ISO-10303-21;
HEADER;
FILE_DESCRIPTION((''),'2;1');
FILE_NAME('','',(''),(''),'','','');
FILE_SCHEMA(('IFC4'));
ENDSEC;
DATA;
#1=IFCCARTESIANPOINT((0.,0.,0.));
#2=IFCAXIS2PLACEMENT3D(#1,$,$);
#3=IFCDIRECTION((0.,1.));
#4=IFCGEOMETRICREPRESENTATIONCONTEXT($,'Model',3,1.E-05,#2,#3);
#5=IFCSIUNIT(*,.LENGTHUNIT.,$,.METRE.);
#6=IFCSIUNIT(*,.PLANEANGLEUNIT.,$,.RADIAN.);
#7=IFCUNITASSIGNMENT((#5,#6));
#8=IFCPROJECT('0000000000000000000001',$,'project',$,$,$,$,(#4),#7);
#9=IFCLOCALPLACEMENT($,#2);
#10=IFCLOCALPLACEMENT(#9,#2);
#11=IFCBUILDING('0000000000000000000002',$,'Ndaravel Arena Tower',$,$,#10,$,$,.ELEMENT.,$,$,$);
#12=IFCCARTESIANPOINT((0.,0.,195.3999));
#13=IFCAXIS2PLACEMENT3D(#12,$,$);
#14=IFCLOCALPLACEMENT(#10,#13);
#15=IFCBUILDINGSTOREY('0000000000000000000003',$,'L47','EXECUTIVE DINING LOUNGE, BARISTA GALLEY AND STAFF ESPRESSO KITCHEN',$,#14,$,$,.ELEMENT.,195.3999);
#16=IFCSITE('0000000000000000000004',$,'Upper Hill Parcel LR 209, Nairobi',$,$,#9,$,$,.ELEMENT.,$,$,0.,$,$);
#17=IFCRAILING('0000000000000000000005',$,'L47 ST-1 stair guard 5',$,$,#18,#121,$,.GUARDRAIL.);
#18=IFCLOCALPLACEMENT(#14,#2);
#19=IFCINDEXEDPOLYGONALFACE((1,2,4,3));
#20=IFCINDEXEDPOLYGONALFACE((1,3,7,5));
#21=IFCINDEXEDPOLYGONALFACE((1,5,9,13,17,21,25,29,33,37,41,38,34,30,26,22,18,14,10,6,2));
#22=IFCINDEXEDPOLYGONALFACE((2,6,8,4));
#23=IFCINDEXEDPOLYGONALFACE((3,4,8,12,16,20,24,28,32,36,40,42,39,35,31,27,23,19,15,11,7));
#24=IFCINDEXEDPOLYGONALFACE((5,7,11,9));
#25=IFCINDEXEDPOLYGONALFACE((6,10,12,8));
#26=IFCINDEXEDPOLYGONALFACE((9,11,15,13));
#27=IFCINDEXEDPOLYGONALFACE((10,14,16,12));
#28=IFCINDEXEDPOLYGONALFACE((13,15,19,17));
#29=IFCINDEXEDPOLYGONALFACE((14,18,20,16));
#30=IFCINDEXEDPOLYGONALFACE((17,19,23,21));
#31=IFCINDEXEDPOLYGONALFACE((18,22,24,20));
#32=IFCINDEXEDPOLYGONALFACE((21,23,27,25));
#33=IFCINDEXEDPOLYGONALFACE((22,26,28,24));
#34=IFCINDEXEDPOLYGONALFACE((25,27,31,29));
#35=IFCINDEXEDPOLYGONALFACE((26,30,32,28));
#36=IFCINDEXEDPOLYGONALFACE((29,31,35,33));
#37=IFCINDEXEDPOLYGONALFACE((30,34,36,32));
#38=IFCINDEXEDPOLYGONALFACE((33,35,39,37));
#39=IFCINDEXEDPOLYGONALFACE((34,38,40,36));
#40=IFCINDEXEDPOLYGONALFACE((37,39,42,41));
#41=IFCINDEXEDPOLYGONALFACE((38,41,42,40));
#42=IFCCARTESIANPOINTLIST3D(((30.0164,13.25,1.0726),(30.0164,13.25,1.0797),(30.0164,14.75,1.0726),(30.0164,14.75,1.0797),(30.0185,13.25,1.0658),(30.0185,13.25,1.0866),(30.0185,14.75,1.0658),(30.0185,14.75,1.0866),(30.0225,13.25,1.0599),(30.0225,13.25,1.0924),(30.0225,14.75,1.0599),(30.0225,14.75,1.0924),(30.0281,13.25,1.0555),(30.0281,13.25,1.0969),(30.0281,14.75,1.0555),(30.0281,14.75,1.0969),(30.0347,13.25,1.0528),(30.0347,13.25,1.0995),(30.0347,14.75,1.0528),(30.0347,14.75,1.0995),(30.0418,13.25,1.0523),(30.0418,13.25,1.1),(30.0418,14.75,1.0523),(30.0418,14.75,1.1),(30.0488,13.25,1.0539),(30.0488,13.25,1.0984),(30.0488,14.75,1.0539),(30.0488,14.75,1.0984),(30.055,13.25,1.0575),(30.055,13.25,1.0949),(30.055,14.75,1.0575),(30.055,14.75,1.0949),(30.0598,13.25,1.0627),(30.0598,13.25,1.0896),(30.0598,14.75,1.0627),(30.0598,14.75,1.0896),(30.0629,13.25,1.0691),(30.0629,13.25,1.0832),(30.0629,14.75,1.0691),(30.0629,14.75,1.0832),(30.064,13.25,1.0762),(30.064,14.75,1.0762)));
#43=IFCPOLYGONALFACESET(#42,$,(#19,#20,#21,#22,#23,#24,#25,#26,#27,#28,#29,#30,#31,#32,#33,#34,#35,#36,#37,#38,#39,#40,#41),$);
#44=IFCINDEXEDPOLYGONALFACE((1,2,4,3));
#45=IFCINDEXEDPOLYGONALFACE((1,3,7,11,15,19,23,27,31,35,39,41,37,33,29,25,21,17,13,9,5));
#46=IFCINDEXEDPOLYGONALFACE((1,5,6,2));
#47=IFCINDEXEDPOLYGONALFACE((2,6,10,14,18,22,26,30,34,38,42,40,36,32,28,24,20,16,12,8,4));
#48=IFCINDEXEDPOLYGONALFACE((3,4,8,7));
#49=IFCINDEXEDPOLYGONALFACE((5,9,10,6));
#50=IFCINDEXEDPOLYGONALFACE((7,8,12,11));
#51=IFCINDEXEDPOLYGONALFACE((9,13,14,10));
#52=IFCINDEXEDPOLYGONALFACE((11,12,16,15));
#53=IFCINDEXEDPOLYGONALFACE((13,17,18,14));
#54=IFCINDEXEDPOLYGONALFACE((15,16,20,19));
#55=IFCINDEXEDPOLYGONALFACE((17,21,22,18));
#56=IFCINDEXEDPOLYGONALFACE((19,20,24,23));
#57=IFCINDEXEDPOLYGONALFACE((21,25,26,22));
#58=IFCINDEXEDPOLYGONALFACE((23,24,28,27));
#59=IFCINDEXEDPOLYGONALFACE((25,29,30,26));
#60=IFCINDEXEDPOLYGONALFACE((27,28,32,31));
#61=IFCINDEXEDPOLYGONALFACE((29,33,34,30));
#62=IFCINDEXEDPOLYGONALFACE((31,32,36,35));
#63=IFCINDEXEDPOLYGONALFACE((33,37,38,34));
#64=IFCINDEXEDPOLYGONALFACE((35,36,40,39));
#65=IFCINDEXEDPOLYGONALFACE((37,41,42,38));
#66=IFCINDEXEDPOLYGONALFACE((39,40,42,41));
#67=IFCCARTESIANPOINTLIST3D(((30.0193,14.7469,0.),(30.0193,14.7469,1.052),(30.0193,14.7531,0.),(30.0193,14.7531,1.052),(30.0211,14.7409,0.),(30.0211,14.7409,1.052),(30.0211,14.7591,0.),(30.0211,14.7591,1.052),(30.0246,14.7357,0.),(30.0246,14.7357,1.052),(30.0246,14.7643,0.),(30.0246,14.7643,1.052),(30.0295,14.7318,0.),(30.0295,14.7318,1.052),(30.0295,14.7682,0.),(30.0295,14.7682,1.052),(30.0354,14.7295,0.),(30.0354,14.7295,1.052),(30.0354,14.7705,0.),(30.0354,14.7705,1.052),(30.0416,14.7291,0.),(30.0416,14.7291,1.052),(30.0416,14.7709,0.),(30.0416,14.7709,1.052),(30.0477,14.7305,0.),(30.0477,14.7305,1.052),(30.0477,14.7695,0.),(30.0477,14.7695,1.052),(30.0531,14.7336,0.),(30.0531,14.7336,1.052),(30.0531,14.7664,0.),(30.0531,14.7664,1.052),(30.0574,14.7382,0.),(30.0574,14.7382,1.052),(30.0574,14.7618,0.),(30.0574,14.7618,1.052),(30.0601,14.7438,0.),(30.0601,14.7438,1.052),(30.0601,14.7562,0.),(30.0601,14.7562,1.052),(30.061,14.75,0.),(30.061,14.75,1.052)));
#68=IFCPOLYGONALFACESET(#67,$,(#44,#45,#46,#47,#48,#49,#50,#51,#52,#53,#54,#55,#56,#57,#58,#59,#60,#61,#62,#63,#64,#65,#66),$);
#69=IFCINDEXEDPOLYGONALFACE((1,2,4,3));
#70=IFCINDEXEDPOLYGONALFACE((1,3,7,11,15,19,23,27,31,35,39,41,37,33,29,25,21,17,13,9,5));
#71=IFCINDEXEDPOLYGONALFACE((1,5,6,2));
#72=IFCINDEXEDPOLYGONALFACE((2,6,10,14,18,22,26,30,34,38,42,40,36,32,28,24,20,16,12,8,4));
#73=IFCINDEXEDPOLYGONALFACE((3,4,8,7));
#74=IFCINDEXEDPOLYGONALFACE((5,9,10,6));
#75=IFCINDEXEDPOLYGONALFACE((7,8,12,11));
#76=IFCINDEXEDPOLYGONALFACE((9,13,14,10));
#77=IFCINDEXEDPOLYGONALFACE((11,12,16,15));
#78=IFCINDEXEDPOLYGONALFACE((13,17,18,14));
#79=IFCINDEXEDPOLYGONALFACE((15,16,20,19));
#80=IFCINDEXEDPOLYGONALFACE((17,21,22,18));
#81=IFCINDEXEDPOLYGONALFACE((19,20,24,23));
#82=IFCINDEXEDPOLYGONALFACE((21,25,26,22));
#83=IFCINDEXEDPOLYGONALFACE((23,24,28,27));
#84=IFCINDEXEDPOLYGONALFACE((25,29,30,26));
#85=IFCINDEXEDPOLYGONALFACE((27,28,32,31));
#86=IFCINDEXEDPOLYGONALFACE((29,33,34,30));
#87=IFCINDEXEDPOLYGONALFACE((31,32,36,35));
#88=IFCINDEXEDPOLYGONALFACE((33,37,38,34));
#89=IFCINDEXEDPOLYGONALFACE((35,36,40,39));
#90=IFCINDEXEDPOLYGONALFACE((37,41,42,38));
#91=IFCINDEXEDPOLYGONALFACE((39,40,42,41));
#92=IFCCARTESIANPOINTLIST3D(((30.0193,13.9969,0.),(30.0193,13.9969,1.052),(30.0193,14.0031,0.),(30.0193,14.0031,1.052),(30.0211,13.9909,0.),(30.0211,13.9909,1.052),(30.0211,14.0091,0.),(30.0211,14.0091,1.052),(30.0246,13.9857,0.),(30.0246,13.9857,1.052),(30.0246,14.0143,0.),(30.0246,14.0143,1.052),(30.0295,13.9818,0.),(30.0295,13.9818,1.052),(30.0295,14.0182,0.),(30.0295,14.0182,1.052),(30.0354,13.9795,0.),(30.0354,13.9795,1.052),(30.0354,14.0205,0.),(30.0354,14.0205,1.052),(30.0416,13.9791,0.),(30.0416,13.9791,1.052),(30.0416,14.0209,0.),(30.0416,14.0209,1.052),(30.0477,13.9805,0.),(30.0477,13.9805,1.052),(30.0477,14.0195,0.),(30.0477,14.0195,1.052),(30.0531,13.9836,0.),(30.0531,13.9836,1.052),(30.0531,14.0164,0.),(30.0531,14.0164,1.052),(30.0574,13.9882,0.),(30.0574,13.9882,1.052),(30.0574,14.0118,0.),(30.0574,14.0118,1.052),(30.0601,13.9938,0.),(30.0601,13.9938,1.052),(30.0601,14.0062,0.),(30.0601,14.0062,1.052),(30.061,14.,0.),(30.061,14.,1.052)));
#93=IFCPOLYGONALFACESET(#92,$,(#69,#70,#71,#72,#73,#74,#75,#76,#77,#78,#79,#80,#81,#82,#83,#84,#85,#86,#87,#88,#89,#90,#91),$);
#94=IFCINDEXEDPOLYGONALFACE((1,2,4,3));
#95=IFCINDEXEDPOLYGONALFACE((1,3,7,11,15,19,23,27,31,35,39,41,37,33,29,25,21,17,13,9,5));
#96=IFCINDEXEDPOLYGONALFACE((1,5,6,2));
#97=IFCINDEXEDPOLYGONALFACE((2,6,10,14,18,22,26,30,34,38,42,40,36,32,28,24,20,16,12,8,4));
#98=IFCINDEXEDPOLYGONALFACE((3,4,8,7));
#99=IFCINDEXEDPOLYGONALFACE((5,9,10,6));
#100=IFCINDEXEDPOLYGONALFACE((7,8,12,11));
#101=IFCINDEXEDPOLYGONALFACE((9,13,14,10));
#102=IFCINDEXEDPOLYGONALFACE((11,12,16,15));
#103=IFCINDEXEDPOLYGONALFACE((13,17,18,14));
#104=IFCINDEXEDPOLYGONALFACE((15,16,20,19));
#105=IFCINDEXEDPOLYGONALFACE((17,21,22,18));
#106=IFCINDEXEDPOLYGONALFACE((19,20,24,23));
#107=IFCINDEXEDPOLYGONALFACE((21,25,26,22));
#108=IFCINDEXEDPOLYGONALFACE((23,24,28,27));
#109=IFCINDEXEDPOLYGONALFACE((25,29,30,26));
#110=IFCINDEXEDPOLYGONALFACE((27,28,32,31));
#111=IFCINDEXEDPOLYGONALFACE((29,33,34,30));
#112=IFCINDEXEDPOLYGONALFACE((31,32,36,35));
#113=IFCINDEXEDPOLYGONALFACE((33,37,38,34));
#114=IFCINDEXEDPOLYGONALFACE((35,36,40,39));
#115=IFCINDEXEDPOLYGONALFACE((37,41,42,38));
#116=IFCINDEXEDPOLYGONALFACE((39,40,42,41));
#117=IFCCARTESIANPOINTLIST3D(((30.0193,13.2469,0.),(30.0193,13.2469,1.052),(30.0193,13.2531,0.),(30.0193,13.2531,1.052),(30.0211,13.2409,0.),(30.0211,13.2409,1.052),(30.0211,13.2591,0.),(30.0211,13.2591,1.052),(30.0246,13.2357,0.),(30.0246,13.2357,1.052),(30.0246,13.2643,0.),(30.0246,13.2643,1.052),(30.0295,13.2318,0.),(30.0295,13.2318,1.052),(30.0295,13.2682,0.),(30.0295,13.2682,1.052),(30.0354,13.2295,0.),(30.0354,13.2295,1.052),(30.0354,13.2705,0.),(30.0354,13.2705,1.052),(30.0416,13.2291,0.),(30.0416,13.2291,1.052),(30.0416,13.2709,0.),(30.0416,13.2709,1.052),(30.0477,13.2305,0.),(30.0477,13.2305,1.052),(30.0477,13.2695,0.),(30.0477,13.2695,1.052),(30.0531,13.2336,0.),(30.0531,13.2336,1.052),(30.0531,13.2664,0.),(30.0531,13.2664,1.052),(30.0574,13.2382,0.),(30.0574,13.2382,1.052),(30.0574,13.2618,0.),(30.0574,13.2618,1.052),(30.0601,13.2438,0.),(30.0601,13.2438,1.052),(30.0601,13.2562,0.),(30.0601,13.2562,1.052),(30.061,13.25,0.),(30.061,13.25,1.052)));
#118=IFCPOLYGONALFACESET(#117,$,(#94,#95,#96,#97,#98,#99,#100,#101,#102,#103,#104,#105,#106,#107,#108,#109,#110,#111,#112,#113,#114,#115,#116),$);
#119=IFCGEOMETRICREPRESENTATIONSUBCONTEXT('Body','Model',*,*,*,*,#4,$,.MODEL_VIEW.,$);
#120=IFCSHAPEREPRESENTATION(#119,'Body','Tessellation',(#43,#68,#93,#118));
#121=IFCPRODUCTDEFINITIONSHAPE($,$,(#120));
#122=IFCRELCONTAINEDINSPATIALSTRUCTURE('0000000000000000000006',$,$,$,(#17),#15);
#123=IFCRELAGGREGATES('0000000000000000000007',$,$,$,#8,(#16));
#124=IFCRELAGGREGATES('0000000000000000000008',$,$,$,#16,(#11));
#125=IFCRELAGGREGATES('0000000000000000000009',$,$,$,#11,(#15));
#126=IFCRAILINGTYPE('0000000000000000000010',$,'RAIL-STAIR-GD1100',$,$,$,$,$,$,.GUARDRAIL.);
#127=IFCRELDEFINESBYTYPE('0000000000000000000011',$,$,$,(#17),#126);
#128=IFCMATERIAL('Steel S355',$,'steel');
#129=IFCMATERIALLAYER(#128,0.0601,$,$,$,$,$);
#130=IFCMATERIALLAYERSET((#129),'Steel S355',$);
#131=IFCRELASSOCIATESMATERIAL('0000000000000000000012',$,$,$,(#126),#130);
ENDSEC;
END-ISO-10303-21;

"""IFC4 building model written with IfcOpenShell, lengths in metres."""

from ifc_helpers import new_model, si_unit, direction, frame, origin, origin_2d, place, context, subcontext, project, spatial, circle, extrude, material, layer, layer_set, type_object, element, save


model = new_model("IFC4")

# Units and contexts
model_context = context("Model", 3, precision=1e-05, world=origin(), true_north=direction((0.0, 1.0)))
body_context = subcontext(model_context, "Body", "Model", "MODEL_VIEW")
ifc_project = project(units=[si_unit("LENGTHUNIT", "METRE"), si_unit("PLANEANGLEUNIT", "RADIAN")], contexts=[model_context])

# Site, building, storey
site_placement = place(None, origin())
site = spatial("IfcSite", under=ifc_project, at=site_placement, Name="Upper Hill Parcel LR 209, Nairobi", CompositionType="ELEMENT", RefElevation=0.0)
building_placement = place(site_placement, origin())
building = spatial("IfcBuilding", under=site, at=building_placement, Name="Ndaravel Arena Tower", CompositionType="ELEMENT")
storey_placement = place(building_placement, frame((0.0, 0.0, 195.3999)))
storey = spatial("IfcBuildingStorey", under=building, at=storey_placement, Name="L47", Description="EXECUTIVE DINING LOUNGE, BARISTA GALLEY AND STAFF ESPRESSO KITCHEN", CompositionType="ELEMENT", Elevation=195.3999)

# Railing
ifc_material_1 = material(Name="Steel S355", Category="steel")
ifc_layer_1 = layer(ifc_material_1, 0.0601)
ifc_layer_set_1 = layer_set([ifc_layer_1], Name="Steel S355")
railing_type = type_object("IfcRailingType", Name="RAIL-STAIR-GD1100", PredefinedType="GUARDRAIL", material=ifc_layer_set_1)
railing_placement = place(storey_placement, frame((30.04, 14.75, 0.0)))
element("IfcRailing", 1, at=railing_placement, inside=storey, type_object=railing_type, Name="L47 ST-1 stair guard 5", PredefinedType="GUARDRAIL", context=body_context, shape_type="SweptSolid", body=[
    extrude(circle(Radius=0.0239, at=origin_2d()), frame((0.0, 0.0, 1.0762), z_axis=(0.0, -1.0, 0.0), x_axis=(1.0, 0.0, 0.0)), (0.0, 0.0, 1.0), 1.5),
    extrude(circle(Radius=0.021, at=origin_2d()), origin(), (0.0, 0.0, 1.0), 1.052),
    extrude(circle(Radius=0.021, at=origin_2d()), frame((0.0, -0.75, 0.0)), (0.0, 0.0, 1.0), 1.052),
    extrude(circle(Radius=0.021, at=origin_2d()), frame((0.0, -1.5, 0.0)), (0.0, 0.0, 1.0), 1.052),
])

save(model, "model.ifc")
